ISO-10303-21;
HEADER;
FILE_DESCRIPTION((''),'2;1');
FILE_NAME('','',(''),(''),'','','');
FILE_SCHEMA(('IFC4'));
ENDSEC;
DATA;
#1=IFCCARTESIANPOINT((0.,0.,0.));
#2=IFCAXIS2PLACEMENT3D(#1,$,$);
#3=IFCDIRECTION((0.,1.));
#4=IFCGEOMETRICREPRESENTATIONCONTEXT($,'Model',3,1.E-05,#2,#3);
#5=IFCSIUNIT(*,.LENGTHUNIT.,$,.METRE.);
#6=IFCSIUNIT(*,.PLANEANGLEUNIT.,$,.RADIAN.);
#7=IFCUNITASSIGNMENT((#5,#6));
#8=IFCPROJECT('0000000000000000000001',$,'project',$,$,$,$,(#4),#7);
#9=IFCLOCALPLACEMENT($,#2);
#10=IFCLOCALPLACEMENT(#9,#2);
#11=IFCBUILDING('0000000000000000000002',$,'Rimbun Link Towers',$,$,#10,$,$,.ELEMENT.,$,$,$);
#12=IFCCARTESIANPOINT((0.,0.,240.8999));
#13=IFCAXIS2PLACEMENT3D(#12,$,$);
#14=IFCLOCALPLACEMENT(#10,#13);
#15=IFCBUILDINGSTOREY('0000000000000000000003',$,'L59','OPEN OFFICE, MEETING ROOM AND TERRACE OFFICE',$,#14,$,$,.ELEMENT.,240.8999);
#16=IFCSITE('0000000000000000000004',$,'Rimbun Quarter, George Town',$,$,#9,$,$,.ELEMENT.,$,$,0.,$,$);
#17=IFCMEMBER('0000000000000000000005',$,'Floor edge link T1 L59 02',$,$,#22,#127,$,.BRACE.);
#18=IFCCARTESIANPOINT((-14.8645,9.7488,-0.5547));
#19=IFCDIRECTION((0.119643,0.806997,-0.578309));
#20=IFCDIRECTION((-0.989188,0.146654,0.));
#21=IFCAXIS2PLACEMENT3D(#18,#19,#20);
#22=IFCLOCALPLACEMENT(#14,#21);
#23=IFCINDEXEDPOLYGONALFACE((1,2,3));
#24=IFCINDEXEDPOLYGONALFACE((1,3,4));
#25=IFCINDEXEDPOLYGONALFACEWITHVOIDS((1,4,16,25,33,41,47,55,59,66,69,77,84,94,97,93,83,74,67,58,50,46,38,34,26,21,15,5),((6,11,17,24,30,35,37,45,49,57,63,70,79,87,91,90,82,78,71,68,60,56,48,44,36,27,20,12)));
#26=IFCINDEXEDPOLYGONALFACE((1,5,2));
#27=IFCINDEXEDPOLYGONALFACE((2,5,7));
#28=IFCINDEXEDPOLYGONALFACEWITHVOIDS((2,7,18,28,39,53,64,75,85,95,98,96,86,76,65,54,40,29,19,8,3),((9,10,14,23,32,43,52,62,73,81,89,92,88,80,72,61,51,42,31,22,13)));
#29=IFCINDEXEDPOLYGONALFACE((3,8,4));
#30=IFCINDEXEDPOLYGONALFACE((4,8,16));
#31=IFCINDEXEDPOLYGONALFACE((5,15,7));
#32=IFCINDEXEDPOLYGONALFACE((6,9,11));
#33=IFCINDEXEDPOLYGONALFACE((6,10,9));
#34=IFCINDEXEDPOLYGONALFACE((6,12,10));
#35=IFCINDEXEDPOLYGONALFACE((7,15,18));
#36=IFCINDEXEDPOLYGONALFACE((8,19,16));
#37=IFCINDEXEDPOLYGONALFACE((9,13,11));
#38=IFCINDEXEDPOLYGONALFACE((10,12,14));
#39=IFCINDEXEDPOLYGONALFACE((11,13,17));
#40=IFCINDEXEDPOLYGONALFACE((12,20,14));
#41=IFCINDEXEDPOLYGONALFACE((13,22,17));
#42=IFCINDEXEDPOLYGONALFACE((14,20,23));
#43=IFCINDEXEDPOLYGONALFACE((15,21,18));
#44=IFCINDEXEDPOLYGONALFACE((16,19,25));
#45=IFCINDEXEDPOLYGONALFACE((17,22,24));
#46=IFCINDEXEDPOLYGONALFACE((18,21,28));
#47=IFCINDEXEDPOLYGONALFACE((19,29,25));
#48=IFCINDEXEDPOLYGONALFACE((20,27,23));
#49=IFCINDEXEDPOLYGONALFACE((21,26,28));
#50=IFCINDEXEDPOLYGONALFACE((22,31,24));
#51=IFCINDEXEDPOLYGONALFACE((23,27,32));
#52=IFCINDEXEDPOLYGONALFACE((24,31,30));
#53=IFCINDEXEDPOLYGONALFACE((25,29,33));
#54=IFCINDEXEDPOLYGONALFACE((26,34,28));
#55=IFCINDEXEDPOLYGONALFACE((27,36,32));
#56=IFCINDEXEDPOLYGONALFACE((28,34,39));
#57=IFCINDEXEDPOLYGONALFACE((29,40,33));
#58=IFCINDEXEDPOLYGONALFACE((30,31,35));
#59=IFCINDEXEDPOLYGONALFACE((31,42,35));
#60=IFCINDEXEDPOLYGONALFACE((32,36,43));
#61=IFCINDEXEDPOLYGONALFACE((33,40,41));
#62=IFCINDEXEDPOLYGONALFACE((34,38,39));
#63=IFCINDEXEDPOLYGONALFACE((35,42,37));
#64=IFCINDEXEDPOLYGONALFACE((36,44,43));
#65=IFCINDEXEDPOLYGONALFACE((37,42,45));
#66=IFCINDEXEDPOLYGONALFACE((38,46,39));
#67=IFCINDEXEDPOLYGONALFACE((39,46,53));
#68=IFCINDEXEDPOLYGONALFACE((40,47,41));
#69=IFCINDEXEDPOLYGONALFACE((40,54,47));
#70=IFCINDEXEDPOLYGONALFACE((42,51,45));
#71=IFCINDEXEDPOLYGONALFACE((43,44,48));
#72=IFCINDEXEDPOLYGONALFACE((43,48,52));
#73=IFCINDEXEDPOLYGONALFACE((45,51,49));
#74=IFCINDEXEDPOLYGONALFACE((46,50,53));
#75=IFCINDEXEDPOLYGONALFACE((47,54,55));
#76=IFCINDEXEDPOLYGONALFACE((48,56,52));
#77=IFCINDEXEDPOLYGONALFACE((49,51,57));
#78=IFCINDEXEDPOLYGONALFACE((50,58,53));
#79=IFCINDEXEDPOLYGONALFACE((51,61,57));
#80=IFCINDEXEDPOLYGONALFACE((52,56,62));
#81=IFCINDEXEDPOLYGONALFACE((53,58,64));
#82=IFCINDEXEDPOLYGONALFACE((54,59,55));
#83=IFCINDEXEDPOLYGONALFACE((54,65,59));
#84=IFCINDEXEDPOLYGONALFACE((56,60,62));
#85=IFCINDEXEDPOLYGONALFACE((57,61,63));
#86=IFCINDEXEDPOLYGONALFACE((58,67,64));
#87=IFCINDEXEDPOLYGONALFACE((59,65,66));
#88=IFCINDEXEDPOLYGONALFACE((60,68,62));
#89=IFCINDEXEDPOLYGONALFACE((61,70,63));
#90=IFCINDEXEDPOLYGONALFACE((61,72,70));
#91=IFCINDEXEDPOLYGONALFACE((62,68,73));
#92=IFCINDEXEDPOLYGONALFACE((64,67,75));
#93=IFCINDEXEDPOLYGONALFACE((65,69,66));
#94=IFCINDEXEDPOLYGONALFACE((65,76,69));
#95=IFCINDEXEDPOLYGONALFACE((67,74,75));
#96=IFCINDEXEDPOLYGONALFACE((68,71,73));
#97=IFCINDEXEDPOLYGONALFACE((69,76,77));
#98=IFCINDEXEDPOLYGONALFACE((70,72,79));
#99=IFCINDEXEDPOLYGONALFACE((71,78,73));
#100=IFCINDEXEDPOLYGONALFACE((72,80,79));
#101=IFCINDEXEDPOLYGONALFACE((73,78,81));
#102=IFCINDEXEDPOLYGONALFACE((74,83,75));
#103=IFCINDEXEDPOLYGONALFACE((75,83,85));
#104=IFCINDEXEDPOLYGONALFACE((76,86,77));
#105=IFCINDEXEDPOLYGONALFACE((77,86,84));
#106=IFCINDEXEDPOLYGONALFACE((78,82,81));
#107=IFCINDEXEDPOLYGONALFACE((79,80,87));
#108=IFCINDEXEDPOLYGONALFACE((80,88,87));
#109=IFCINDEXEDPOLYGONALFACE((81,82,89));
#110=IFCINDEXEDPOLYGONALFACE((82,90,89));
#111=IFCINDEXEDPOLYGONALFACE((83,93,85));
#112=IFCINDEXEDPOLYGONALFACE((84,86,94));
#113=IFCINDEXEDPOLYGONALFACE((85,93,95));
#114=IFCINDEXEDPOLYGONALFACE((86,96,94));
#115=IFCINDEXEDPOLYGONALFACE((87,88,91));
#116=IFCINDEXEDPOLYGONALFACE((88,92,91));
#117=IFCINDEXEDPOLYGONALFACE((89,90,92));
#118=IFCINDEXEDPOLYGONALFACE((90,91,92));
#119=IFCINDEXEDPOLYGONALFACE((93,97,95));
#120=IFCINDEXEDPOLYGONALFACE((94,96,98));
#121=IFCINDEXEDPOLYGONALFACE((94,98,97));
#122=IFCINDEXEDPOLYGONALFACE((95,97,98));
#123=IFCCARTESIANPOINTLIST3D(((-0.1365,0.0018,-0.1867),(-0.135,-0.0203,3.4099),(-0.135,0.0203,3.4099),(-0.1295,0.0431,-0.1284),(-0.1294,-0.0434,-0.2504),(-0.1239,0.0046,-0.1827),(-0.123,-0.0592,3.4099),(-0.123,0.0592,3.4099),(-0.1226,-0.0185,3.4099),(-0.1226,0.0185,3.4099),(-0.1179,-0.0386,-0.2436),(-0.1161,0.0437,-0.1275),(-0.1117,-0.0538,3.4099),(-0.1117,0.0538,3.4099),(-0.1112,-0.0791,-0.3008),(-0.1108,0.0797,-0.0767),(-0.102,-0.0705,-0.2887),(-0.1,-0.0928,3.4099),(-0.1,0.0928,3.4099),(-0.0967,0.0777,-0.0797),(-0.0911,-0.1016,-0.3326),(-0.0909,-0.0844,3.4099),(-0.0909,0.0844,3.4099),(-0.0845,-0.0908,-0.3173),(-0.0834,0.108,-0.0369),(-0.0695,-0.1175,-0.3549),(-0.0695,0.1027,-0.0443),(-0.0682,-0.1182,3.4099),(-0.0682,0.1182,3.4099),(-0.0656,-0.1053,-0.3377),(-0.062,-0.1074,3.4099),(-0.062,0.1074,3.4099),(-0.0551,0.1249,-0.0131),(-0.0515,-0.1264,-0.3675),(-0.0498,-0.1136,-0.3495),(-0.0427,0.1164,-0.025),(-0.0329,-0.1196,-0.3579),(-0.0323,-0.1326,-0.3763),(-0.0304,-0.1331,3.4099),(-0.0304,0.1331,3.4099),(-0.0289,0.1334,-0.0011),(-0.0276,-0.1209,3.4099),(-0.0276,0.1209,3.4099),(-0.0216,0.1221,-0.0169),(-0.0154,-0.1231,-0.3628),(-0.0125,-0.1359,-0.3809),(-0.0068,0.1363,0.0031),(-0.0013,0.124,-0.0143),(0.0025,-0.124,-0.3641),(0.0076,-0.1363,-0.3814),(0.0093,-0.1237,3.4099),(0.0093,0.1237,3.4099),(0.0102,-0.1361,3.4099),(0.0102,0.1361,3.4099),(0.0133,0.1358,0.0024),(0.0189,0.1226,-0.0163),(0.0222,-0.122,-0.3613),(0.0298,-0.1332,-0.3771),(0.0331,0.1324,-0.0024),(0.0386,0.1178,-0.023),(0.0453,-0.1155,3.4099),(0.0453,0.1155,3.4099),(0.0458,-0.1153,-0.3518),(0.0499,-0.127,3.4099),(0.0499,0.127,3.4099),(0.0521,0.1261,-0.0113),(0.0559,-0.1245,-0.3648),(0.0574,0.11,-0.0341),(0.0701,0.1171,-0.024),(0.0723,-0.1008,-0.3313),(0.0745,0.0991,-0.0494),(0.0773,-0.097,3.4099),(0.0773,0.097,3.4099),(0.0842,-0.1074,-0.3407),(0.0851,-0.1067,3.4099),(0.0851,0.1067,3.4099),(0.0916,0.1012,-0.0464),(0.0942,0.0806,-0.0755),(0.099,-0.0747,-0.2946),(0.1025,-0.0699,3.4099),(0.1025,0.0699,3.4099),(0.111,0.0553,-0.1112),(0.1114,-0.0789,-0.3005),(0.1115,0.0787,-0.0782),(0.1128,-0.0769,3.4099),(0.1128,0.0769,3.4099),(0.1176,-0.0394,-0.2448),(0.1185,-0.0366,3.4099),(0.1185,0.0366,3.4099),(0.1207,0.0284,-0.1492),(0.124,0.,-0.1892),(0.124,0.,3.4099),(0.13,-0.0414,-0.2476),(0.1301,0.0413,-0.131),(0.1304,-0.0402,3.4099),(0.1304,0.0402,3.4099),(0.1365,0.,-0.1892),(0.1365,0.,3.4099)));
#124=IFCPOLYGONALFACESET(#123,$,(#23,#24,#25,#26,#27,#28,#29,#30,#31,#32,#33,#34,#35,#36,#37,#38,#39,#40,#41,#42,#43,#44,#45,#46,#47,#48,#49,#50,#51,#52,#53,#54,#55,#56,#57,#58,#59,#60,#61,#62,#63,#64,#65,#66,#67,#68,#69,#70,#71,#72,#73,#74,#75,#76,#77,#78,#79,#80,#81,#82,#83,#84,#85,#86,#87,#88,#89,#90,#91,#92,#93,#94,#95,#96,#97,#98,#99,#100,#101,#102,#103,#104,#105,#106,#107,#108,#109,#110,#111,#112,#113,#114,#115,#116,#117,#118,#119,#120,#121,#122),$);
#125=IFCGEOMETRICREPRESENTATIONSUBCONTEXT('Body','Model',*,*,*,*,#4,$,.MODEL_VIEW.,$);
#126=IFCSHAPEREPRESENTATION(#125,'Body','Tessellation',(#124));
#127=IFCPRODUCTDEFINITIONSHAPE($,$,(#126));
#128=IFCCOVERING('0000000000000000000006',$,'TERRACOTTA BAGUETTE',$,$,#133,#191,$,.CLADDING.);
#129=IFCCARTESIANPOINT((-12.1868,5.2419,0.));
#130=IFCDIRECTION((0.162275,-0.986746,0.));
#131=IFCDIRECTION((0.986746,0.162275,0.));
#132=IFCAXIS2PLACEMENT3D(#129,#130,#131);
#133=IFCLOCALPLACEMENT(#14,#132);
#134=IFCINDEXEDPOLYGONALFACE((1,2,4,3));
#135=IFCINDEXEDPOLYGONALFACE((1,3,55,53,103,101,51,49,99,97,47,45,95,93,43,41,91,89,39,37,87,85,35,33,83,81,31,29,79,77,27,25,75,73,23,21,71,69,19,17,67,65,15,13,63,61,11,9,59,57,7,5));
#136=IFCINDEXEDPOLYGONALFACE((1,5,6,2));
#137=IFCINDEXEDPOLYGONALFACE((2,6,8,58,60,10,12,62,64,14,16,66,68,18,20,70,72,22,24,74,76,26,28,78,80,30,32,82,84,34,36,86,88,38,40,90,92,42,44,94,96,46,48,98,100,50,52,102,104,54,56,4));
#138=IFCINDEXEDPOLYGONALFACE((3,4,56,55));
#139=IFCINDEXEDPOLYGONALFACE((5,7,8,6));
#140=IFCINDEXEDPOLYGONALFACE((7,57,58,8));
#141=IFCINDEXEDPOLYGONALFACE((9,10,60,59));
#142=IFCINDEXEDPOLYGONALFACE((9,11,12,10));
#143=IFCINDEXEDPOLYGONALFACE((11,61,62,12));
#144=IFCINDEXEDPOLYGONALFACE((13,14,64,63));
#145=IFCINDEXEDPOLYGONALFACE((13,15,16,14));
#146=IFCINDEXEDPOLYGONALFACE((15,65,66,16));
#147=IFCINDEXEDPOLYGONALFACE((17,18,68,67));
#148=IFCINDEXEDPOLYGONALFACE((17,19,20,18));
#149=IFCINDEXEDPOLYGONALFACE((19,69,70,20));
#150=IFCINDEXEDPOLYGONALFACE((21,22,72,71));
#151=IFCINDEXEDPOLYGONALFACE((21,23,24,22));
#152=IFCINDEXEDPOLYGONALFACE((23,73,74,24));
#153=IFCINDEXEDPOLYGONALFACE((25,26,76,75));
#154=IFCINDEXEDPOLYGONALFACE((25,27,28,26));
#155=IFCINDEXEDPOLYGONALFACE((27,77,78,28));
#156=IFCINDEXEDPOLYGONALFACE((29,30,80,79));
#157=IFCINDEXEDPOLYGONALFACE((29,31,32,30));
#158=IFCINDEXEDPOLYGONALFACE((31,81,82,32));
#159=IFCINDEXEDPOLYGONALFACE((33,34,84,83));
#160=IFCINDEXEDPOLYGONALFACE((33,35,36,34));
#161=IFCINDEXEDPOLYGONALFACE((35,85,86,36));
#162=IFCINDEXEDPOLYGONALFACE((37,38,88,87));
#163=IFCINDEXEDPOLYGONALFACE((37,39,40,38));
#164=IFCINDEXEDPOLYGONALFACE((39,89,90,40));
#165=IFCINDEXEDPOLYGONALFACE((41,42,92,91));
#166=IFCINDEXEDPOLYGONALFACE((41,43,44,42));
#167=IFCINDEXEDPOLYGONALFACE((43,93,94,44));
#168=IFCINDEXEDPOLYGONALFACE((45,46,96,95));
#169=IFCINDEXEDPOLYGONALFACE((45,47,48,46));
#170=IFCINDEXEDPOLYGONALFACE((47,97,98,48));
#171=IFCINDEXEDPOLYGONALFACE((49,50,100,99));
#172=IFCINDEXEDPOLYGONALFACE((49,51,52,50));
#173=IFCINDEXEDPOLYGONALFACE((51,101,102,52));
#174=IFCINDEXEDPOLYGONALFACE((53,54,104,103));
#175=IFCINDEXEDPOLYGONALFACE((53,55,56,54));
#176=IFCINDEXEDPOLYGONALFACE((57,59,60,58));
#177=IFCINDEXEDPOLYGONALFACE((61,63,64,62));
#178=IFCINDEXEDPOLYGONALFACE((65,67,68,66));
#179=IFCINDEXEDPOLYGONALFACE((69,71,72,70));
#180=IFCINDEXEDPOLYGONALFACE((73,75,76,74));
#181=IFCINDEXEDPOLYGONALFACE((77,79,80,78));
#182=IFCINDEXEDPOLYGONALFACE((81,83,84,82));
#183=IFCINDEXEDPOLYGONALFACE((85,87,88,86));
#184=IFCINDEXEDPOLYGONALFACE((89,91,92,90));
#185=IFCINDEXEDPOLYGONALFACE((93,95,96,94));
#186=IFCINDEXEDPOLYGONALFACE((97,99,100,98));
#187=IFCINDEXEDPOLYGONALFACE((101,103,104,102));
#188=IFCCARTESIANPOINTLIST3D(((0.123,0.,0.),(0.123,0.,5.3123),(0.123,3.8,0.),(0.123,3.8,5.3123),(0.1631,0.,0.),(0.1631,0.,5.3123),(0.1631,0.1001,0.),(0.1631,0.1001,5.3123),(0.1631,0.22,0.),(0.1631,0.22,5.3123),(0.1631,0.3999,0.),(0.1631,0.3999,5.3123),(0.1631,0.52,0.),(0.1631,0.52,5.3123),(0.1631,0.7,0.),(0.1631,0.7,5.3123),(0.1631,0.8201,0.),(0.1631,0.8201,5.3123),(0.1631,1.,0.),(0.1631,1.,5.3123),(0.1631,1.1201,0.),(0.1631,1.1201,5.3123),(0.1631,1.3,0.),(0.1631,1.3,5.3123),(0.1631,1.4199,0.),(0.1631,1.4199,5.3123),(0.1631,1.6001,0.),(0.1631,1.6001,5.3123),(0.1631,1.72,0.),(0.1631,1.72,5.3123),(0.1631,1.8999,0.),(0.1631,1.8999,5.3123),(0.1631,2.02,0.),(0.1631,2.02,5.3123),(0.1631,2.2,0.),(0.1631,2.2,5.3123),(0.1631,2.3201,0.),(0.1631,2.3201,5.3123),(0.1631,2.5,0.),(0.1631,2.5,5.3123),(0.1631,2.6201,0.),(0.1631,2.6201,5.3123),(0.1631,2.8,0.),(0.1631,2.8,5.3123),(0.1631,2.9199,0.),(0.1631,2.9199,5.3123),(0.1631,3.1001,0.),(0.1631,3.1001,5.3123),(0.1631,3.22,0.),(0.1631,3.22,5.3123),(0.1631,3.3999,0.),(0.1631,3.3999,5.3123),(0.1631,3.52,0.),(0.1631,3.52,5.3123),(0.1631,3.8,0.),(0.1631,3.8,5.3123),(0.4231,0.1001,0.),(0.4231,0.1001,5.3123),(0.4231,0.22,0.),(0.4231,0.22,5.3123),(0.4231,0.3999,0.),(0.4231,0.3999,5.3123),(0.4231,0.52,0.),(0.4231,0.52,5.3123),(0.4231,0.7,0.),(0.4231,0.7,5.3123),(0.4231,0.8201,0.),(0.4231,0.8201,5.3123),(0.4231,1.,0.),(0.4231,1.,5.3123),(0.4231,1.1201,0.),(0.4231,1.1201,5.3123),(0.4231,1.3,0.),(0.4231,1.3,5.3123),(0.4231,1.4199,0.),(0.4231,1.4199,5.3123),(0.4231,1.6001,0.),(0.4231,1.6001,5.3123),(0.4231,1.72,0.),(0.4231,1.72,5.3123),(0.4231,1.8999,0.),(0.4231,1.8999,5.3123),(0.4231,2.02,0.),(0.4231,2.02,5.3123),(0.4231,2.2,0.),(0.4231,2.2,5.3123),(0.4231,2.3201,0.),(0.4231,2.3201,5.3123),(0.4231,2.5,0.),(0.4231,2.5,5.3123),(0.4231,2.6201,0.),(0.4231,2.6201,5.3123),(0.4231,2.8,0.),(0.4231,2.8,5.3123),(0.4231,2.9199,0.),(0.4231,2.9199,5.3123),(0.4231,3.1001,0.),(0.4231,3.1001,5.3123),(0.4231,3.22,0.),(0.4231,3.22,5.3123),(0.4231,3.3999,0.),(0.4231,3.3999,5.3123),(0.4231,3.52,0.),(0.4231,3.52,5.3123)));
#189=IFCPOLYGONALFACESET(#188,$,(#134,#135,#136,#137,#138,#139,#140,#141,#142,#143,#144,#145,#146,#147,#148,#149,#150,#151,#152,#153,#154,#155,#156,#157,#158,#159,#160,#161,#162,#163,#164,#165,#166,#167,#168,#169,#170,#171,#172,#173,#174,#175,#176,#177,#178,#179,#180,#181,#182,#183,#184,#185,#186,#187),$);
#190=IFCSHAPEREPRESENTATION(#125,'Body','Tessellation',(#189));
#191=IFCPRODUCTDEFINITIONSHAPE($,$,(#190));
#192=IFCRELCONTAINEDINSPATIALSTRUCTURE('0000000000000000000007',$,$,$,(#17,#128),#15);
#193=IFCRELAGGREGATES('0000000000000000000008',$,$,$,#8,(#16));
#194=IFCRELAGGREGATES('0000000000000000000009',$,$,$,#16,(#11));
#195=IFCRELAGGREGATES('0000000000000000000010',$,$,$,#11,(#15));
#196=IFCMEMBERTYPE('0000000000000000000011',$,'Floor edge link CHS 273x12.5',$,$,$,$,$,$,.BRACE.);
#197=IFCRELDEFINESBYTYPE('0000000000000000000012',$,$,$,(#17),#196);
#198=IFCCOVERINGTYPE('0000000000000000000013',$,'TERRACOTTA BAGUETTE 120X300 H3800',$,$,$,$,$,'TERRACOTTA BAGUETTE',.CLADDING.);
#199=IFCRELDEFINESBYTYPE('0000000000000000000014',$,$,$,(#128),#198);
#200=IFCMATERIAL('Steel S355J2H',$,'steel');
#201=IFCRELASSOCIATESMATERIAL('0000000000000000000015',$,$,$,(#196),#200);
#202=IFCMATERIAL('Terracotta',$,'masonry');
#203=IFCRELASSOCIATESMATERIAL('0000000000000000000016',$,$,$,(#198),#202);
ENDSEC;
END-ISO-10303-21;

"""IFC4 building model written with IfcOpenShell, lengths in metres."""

from ifc_helpers import new_model, si_unit, direction, frame, origin, origin_2d, place, context, subcontext, project, spatial, polyline, hollow_circle, outline, extrude, clip, halfspace, material, material_profile, profile_set, type_object, element, save


model = new_model("IFC4")

# Units and contexts
model_context = context("Model", 3, precision=1e-05, world=origin(), true_north=direction((0.0, 1.0)))
body_context = subcontext(model_context, "Body", "Model", "MODEL_VIEW")
ifc_project = project(units=[si_unit("LENGTHUNIT", "METRE"), si_unit("PLANEANGLEUNIT", "RADIAN")], contexts=[model_context])

# Site, building, storey
site_placement = place(None, origin())
site = spatial("IfcSite", under=ifc_project, at=site_placement, Name="Rimbun Quarter, George Town", CompositionType="ELEMENT", RefElevation=0.0)
building_placement = place(site_placement, origin())
building = spatial("IfcBuilding", under=site, at=building_placement, Name="Rimbun Link Towers", CompositionType="ELEMENT")
storey_placement = place(building_placement, frame((0.0, 0.0, 240.8999)))
storey = spatial("IfcBuildingStorey", under=building, at=storey_placement, Name="L59", Description="OPEN OFFICE, MEETING ROOM AND TERRACE OFFICE", CompositionType="ELEMENT", Elevation=240.8999)

# Member
ifc_material_1 = material(Name="Steel S355J2H", Category="steel")
ifc_material_profile_1 = material_profile(ifc_material_1, hollow_circle(Radius=0.1365, WallThickness=0.0125, at=origin_2d()), Name="CHS 273x12.5")
ifc_profile_set_1 = profile_set([ifc_material_profile_1], Name="Steel S355J2H")
member_type_1 = type_object("IfcMemberType", Name="Floor edge link CHS 273x12.5", PredefinedType="BRACE", material=ifc_profile_set_1)
member_1_placement = place(storey_placement, frame((-14.8645, 9.7488, -0.5547), z_axis=(0.119643, 0.806997, -0.578309), x_axis=(-0.989188, 0.146654, 0.0)))
element("IfcMember", 1, at=member_1_placement, inside=storey, type_object=member_type_1, Name="Floor edge link T1 L59 02", PredefinedType="BRACE", context=body_context, shape_type="Clipping", body=[
    clip(extrude(hollow_circle(Radius=0.1365, WallThickness=0.0125, at=origin_2d()), frame((0.0, 0.0, -0.4023)), (0.0, 0.0, 1.0), 3.8123), halfspace(frame((0.0, 0.0, -0.1892), z_axis=(0.0, 0.815818, -0.578309)), False)),
])

# Covering
ifc_material_2 = material(Name="Terracotta", Category="masonry")
ifc_material_profile_2 = material_profile(ifc_material_2, outline(polyline([(0.123, 0.0), (0.1631, 0.0), (0.1631, 0.1001), (0.4231, 0.1001), (0.4231, 0.22), (0.1631, 0.22), (0.1631, 0.3999), (0.4231, 0.3999), (0.4231, 0.52), (0.1631, 0.52), (0.1631, 0.7), (0.4231, 0.7), (0.4231, 0.8201), (0.1631, 0.8201), (0.1631, 1.0), (0.4231, 1.0), (0.4231, 1.1201), (0.1631, 1.1201), (0.1631, 1.3), (0.4231, 1.3), (0.4231, 1.4199), (0.1631, 1.4199), (0.1631, 1.6001), (0.4231, 1.6001), (0.4231, 1.72), (0.1631, 1.72), (0.1631, 1.8999), (0.4231, 1.8999), (0.4231, 2.02), (0.1631, 2.02), (0.1631, 2.2), (0.4231, 2.2), (0.4231, 2.3201), (0.1631, 2.3201), (0.1631, 2.5), (0.4231, 2.5), (0.4231, 2.6201), (0.1631, 2.6201), (0.1631, 2.8), (0.4231, 2.8), (0.4231, 2.9199), (0.1631, 2.9199), (0.1631, 3.1001), (0.4231, 3.1001), (0.4231, 3.22), (0.1631, 3.22), (0.1631, 3.3999), (0.4231, 3.3999), (0.4231, 3.52), (0.1631, 3.52), (0.1631, 3.8), (0.123, 3.8), (0.123, 0.0)])), Name="BAGUETTE 120X300")
ifc_profile_set_2 = profile_set([ifc_material_profile_2], Name="Terracotta")
covering_type = type_object("IfcCoveringType", Name="TERRACOTTA BAGUETTE 120X300 H3800", ElementType="TERRACOTTA BAGUETTE", PredefinedType="CLADDING", material=ifc_profile_set_2)
covering_1_placement = place(storey_placement, frame((-12.1868, 5.2419, 0.0), z_axis=(0.162275, -0.986746, 0.0), x_axis=(0.986746, 0.162275, 0.0)))
element("IfcCovering", 2, at=covering_1_placement, inside=storey, type_object=covering_type, Name="TERRACOTTA BAGUETTE", PredefinedType="CLADDING", context=body_context, shape_type="SweptSolid", body=[
    extrude(outline(polyline([(0.123, 0.0), (0.1631, 0.0), (0.1631, 0.1001), (0.4231, 0.1001), (0.4231, 0.22), (0.1631, 0.22), (0.1631, 0.3999), (0.4231, 0.3999), (0.4231, 0.52), (0.1631, 0.52), (0.1631, 0.7), (0.4231, 0.7), (0.4231, 0.8201), (0.1631, 0.8201), (0.1631, 1.0), (0.4231, 1.0), (0.4231, 1.1201), (0.1631, 1.1201), (0.1631, 1.3), (0.4231, 1.3), (0.4231, 1.4199), (0.1631, 1.4199), (0.1631, 1.6001), (0.4231, 1.6001), (0.4231, 1.72), (0.1631, 1.72), (0.1631, 1.8999), (0.4231, 1.8999), (0.4231, 2.02), (0.1631, 2.02), (0.1631, 2.2), (0.4231, 2.2), (0.4231, 2.3201), (0.1631, 2.3201), (0.1631, 2.5), (0.4231, 2.5), (0.4231, 2.6201), (0.1631, 2.6201), (0.1631, 2.8), (0.4231, 2.8), (0.4231, 2.9199), (0.1631, 2.9199), (0.1631, 3.1001), (0.4231, 3.1001), (0.4231, 3.22), (0.1631, 3.22), (0.1631, 3.3999), (0.4231, 3.3999), (0.4231, 3.52), (0.1631, 3.52), (0.1631, 3.8), (0.123, 3.8), (0.123, 0.0)])), origin(), (0.0, 0.0, 1.0), 5.3123),
])

save(model, "model.ifc")
